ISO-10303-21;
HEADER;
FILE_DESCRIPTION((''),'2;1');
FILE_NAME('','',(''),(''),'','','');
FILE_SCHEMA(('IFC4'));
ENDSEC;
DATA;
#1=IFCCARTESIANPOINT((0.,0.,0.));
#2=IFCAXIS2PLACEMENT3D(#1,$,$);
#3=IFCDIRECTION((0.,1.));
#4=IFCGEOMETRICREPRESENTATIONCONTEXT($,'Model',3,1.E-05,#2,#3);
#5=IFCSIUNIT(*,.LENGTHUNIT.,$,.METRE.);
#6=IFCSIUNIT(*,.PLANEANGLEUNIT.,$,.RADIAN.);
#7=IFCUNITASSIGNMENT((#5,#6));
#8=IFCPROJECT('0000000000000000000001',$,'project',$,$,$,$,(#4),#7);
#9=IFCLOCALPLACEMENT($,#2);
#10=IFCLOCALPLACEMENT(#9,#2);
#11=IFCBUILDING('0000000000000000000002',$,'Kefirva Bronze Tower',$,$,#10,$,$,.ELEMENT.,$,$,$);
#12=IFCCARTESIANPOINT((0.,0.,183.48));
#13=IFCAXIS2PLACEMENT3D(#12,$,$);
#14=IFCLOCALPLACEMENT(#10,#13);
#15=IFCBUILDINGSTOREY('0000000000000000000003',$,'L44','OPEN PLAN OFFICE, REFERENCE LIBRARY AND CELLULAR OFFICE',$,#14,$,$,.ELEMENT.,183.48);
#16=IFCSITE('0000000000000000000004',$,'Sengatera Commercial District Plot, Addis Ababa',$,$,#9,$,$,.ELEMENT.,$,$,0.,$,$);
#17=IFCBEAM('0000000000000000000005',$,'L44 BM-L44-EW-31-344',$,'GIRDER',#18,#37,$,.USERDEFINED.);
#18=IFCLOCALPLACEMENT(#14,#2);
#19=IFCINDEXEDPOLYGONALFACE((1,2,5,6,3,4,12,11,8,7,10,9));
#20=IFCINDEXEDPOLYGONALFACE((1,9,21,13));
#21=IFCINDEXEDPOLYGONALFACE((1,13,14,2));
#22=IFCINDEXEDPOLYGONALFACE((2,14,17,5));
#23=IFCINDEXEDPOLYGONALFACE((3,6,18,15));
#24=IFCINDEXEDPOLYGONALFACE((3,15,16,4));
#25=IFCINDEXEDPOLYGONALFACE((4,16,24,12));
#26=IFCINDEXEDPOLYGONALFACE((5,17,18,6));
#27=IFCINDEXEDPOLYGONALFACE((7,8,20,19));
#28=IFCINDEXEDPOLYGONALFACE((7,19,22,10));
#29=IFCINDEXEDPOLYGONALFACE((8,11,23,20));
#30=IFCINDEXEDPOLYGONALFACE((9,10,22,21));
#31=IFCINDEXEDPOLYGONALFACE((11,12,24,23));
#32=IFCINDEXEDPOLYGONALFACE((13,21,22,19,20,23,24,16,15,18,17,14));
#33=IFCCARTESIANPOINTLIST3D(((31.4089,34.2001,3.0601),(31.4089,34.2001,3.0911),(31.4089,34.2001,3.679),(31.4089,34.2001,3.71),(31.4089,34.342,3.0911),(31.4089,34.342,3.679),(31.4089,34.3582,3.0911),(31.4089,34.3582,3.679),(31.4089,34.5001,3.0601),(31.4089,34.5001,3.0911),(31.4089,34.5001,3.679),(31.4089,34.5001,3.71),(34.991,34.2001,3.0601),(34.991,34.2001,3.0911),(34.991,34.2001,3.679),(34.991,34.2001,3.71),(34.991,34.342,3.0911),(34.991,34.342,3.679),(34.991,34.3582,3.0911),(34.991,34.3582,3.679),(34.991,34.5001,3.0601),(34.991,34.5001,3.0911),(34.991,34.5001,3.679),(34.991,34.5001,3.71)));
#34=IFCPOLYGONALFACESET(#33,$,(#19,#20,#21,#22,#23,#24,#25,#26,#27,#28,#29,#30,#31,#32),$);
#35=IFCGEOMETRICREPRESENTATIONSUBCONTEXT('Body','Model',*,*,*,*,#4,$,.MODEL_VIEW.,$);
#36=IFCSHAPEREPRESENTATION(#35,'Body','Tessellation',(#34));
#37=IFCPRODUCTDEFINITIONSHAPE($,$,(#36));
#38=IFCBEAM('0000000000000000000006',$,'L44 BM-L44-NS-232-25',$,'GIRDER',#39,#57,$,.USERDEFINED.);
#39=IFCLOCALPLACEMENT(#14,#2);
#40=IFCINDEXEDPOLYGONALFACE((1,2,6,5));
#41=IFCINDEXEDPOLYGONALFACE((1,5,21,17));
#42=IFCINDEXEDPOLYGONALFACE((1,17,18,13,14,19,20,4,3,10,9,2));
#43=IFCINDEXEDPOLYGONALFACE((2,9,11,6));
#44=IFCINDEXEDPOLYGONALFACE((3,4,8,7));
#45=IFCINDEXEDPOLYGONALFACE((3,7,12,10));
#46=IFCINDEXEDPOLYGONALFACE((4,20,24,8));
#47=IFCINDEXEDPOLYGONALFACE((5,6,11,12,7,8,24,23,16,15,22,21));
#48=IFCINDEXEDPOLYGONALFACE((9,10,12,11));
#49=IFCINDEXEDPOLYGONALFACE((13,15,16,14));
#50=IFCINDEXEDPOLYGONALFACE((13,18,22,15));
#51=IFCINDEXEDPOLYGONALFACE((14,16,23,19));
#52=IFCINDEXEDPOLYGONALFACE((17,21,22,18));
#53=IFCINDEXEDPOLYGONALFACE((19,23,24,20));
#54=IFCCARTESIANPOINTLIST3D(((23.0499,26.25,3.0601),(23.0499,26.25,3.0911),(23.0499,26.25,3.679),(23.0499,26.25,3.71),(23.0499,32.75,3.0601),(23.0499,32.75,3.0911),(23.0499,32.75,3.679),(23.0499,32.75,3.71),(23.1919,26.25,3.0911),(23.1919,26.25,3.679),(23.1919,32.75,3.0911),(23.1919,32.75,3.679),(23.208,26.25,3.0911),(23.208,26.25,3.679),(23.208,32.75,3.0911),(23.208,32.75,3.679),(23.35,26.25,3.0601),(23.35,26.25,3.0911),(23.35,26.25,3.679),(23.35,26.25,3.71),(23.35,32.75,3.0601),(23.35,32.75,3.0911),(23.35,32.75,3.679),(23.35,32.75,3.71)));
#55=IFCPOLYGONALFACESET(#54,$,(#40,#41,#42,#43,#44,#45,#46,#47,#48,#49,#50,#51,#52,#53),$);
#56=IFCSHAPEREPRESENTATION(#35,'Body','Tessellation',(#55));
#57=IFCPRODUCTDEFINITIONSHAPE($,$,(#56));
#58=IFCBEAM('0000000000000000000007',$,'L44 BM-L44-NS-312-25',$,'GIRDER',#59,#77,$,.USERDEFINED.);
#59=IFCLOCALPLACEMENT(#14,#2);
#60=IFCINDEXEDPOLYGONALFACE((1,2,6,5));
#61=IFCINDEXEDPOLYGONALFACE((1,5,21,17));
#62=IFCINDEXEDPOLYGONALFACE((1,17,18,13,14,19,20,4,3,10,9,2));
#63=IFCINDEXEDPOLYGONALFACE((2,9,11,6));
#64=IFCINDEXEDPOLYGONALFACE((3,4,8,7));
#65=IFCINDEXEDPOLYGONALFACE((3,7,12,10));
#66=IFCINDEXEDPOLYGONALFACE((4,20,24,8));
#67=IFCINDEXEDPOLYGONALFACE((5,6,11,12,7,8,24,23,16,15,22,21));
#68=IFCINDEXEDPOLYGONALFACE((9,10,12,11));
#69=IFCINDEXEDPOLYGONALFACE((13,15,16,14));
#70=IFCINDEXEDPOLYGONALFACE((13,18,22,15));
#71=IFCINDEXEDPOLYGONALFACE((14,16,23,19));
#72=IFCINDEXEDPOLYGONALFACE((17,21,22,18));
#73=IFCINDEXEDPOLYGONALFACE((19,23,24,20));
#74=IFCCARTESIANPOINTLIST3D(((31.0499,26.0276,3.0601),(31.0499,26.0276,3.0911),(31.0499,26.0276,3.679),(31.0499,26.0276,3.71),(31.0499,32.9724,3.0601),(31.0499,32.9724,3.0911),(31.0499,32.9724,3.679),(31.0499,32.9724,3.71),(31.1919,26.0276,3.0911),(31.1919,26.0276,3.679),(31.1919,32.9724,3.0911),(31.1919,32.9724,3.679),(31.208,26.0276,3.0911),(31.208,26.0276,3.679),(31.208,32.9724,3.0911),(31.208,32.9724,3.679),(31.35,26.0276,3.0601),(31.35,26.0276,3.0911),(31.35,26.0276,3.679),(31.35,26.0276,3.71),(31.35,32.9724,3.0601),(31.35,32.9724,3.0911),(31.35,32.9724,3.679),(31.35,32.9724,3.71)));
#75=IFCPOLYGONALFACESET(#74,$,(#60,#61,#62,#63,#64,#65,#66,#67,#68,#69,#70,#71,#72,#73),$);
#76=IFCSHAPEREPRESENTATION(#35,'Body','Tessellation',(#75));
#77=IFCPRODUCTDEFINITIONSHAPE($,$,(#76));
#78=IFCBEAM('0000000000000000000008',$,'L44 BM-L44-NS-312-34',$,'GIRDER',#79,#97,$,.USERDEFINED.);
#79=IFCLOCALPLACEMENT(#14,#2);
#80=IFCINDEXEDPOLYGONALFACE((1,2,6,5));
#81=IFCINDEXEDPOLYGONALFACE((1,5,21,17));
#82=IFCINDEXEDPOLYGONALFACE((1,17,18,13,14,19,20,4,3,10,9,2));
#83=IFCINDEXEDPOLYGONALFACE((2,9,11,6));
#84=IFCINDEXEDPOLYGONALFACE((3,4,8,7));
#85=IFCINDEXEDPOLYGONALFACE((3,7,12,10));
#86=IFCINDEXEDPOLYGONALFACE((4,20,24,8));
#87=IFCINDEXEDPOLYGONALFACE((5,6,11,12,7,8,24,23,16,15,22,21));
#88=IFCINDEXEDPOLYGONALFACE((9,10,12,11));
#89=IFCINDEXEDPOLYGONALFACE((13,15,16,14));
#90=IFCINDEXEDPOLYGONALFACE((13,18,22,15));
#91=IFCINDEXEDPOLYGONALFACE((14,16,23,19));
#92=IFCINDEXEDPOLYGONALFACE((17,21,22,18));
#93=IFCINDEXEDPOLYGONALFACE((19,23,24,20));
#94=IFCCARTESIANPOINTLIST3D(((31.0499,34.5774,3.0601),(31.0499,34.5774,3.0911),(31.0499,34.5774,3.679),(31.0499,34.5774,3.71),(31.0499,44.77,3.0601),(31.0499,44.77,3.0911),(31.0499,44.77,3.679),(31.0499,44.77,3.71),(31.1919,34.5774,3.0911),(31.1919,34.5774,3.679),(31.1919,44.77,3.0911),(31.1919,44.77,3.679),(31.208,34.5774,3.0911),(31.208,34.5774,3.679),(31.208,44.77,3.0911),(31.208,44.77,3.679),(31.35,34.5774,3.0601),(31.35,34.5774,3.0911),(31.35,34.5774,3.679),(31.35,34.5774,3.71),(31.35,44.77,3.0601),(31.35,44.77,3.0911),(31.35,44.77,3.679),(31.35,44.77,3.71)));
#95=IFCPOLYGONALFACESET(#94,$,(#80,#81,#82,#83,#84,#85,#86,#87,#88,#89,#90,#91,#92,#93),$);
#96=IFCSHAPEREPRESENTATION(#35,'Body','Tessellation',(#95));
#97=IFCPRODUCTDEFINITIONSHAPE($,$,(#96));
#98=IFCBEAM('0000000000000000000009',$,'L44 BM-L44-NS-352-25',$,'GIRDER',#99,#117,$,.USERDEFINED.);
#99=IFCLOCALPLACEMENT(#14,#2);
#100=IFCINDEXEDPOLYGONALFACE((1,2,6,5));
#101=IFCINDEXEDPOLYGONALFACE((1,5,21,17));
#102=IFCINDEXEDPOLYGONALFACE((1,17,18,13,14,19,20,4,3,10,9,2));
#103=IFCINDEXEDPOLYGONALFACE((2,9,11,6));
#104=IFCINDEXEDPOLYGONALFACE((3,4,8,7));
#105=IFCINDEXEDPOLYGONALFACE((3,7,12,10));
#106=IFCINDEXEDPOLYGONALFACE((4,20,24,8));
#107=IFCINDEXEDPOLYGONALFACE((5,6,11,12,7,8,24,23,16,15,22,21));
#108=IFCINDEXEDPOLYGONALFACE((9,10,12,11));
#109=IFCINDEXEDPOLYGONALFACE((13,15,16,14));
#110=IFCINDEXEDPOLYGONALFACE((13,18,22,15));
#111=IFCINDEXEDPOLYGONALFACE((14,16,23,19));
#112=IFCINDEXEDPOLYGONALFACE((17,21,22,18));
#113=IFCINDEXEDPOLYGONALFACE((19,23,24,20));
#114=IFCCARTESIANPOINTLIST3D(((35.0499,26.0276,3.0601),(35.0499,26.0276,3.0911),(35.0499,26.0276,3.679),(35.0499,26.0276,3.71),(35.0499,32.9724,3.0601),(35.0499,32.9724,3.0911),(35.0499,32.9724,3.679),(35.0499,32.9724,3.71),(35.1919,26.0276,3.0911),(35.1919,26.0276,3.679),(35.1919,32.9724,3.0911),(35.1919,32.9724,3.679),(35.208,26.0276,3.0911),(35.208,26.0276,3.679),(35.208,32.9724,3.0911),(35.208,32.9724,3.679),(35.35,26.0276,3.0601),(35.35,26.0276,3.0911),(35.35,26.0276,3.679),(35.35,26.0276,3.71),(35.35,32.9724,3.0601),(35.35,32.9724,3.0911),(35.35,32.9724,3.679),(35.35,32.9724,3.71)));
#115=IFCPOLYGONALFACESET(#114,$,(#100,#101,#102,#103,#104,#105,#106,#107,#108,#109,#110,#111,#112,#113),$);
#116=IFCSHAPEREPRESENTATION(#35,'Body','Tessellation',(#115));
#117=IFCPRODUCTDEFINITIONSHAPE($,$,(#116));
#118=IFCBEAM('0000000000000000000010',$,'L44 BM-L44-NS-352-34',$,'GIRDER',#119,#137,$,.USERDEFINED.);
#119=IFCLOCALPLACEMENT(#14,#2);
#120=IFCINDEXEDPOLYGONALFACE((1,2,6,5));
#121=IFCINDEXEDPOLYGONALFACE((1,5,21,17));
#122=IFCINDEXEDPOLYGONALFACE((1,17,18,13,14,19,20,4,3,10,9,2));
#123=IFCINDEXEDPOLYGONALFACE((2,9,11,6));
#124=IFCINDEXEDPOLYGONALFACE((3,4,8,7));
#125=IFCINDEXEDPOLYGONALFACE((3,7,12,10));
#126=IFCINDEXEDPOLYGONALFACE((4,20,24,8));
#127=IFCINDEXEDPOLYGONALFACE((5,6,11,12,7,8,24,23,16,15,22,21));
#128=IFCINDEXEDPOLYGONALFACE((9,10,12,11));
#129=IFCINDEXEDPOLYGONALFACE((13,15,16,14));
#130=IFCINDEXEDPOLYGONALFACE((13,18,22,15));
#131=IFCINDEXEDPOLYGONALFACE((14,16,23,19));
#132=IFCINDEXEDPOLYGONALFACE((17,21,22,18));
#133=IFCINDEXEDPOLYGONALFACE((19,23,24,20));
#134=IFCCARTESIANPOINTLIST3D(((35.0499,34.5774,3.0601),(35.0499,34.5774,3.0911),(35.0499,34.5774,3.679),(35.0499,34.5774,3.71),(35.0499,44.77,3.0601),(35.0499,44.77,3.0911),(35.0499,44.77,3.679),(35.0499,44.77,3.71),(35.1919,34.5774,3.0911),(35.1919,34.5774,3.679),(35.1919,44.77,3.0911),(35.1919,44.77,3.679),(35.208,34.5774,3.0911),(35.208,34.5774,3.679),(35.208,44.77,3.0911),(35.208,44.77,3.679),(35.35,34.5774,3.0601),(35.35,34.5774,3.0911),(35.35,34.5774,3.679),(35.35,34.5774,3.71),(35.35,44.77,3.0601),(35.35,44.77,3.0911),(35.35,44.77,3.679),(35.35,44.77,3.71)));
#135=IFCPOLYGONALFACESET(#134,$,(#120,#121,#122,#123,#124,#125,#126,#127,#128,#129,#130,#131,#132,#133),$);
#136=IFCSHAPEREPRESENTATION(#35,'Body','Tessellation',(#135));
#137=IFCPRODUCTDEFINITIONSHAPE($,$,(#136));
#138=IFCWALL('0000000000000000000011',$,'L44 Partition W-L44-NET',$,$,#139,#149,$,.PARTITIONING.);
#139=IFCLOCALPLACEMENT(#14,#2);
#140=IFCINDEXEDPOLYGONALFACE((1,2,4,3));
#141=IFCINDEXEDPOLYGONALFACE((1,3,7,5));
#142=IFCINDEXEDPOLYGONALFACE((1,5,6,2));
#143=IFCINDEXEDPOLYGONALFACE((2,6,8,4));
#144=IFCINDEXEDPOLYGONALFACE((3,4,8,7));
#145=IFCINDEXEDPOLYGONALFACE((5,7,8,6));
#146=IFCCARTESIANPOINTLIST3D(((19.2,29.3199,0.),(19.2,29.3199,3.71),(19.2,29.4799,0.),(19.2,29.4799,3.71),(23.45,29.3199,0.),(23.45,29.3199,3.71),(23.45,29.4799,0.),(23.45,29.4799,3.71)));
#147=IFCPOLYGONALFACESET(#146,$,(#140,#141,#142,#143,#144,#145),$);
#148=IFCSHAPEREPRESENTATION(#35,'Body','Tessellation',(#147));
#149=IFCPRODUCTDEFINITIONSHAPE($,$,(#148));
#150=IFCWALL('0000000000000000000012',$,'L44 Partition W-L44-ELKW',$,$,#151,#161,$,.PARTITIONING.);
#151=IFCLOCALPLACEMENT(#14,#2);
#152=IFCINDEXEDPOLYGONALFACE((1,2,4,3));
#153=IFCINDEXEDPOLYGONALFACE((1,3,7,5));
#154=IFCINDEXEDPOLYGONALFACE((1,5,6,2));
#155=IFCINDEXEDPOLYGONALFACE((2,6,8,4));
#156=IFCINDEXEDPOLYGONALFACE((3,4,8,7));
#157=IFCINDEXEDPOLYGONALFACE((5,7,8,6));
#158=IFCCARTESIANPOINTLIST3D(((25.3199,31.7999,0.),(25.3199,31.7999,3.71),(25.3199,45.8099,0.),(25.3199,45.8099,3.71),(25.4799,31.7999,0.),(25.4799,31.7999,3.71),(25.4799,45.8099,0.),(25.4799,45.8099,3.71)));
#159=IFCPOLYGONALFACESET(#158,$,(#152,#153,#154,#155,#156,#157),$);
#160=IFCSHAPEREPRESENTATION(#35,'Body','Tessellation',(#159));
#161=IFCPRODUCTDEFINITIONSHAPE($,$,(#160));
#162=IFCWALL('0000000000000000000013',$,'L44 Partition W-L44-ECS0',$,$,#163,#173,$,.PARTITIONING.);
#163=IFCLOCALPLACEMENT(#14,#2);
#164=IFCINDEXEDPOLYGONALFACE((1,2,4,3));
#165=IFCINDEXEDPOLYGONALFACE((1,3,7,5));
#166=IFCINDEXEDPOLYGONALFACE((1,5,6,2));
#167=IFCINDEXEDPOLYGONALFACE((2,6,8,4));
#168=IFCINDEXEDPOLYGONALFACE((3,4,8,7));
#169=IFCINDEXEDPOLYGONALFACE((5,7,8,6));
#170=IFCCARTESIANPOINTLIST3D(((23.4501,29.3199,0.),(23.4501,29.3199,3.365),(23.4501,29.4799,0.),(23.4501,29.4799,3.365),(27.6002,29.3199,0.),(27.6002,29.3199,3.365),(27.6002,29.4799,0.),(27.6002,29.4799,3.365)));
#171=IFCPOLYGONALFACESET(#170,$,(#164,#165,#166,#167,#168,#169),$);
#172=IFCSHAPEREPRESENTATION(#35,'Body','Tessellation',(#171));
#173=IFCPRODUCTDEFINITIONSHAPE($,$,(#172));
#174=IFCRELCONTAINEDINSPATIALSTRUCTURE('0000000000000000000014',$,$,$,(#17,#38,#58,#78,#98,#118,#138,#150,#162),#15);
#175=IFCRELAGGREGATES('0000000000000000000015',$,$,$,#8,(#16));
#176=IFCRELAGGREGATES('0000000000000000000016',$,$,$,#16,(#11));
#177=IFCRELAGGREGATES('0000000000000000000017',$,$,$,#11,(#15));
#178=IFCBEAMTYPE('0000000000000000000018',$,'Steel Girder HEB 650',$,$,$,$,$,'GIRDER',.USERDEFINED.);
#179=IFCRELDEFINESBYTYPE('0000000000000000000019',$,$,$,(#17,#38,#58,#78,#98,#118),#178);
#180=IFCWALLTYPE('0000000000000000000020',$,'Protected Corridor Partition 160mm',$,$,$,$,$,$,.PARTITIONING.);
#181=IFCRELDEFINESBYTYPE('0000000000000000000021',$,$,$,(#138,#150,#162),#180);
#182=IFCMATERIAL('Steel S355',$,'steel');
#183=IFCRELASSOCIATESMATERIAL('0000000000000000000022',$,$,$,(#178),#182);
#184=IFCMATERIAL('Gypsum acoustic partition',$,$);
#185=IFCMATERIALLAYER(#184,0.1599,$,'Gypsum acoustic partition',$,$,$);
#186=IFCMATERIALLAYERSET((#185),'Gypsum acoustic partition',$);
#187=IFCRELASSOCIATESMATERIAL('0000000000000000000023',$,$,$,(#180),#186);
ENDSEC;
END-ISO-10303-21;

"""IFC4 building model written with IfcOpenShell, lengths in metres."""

from ifc_helpers import new_model, si_unit, direction, frame, frame_2d, origin, origin_2d, place, context, subcontext, project, spatial, rectangle, i_section, extrude, material, layer, layer_set, material_profile, profile_set, type_object, element, save


model = new_model("IFC4")

# Units and contexts
model_context = context("Model", 3, precision=1e-05, world=origin(), true_north=direction((0.0, 1.0)))
body_context = subcontext(model_context, "Body", "Model", "MODEL_VIEW")
ifc_project = project(units=[si_unit("LENGTHUNIT", "METRE"), si_unit("PLANEANGLEUNIT", "RADIAN")], contexts=[model_context])

# Site, building, storey
site_placement = place(None, origin())
site = spatial("IfcSite", under=ifc_project, at=site_placement, Name="Sengatera Commercial District Plot, Addis Ababa", CompositionType="ELEMENT", RefElevation=0.0)
building_placement = place(site_placement, origin())
building = spatial("IfcBuilding", under=site, at=building_placement, Name="Kefirva Bronze Tower", CompositionType="ELEMENT")
storey_placement = place(building_placement, frame((0.0, 0.0, 183.48)))
storey = spatial("IfcBuildingStorey", under=building, at=storey_placement, Name="L44", Description="OPEN PLAN OFFICE, REFERENCE LIBRARY AND CELLULAR OFFICE", CompositionType="ELEMENT", Elevation=183.48)

# Beams
ifc_material_1 = material(Name="Steel S355", Category="steel")
ifc_material_profile_1 = material_profile(ifc_material_1, i_section(OverallWidth=0.3, OverallDepth=0.6499, WebThickness=0.0161, FlangeThickness=0.031, at=origin_2d()), Name="HEB 650")
ifc_profile_set_1 = profile_set([ifc_material_profile_1], Name="Steel S355")
beam_type_1 = type_object("IfcBeamType", Name="Steel Girder HEB 650", ElementType="GIRDER", PredefinedType="USERDEFINED", material=ifc_profile_set_1)
for number, where, z_axis, x_axis, name in (
    (1, (31.4089, 34.3501, 3.385), (1.0, 0.0, 0.0), (0.0, 1.0, 0.0), "L44 BM-L44-EW-31-344"),
):
    element("IfcBeam", number, at=place(storey_placement, frame(where, z_axis=z_axis, x_axis=x_axis)), inside=storey, type_object=beam_type_1, Name=name, ObjectType="GIRDER", PredefinedType="USERDEFINED", context=body_context, shape_type="SweptSolid", body=[
        extrude(i_section(OverallWidth=0.3, OverallDepth=0.6499, WebThickness=0.0161, FlangeThickness=0.031, at=origin_2d()), origin(), (0.0, 0.0, 1.0), 3.582),
    ])
beam_1_placement = place(storey_placement, frame((23.2, 26.25, 3.385), z_axis=(0.0, 1.0, 0.0), x_axis=(-1.0, 0.0, 0.0)))
element("IfcBeam", 2, at=beam_1_placement, inside=storey, type_object=beam_type_1, Name="L44 BM-L44-NS-232-25", ObjectType="GIRDER", PredefinedType="USERDEFINED", context=body_context, shape_type="SweptSolid", body=[
    extrude(i_section(OverallWidth=0.3, OverallDepth=0.6499, WebThickness=0.0161, FlangeThickness=0.031, at=origin_2d()), origin(), (0.0, 0.0, 1.0), 6.5),
])
beam_2_placement = place(storey_placement, frame((31.2, 26.0276, 3.385), z_axis=(0.0, 1.0, 0.0), x_axis=(-1.0, 0.0, 0.0)))
element("IfcBeam", 3, at=beam_2_placement, inside=storey, type_object=beam_type_1, Name="L44 BM-L44-NS-312-25", ObjectType="GIRDER", PredefinedType="USERDEFINED", context=body_context, shape_type="SweptSolid", body=[
    extrude(i_section(OverallWidth=0.3, OverallDepth=0.6499, WebThickness=0.0161, FlangeThickness=0.031, at=origin_2d()), origin(), (0.0, 0.0, 1.0), 6.9448),
])
beam_3_placement = place(storey_placement, frame((31.2, 34.5774, 3.385), z_axis=(0.0, 1.0, 0.0), x_axis=(-1.0, 0.0, 0.0)))
element("IfcBeam", 4, at=beam_3_placement, inside=storey, type_object=beam_type_1, Name="L44 BM-L44-NS-312-34", ObjectType="GIRDER", PredefinedType="USERDEFINED", context=body_context, shape_type="SweptSolid", body=[
    extrude(i_section(OverallWidth=0.3, OverallDepth=0.6499, WebThickness=0.0161, FlangeThickness=0.031, at=origin_2d()), origin(), (0.0, 0.0, 1.0), 10.1926),
])
beam_4_placement = place(storey_placement, frame((35.2, 26.0276, 3.385), z_axis=(0.0, 1.0, 0.0), x_axis=(-1.0, 0.0, 0.0)))
element("IfcBeam", 5, at=beam_4_placement, inside=storey, type_object=beam_type_1, Name="L44 BM-L44-NS-352-25", ObjectType="GIRDER", PredefinedType="USERDEFINED", context=body_context, shape_type="SweptSolid", body=[
    extrude(i_section(OverallWidth=0.3, OverallDepth=0.6499, WebThickness=0.0161, FlangeThickness=0.031, at=origin_2d()), origin(), (0.0, 0.0, 1.0), 6.9448),
])
beam_5_placement = place(storey_placement, frame((35.2, 34.5774, 3.385), z_axis=(0.0, 1.0, 0.0), x_axis=(-1.0, 0.0, 0.0)))
element("IfcBeam", 6, at=beam_5_placement, inside=storey, type_object=beam_type_1, Name="L44 BM-L44-NS-352-34", ObjectType="GIRDER", PredefinedType="USERDEFINED", context=body_context, shape_type="SweptSolid", body=[
    extrude(i_section(OverallWidth=0.3, OverallDepth=0.6499, WebThickness=0.0161, FlangeThickness=0.031, at=origin_2d()), origin(), (0.0, 0.0, 1.0), 10.1926),
])

# Walls
ifc_material_2 = material(Name="Gypsum acoustic partition")
ifc_layer_1 = layer(ifc_material_2, 0.1599, Name="Gypsum acoustic partition")
ifc_layer_set_1 = layer_set([ifc_layer_1], Name="Gypsum acoustic partition")
wall_type_1 = type_object("IfcWallType", Name="Protected Corridor Partition 160mm", PredefinedType="PARTITIONING", material=ifc_layer_set_1)
wall_1_placement = place(storey_placement, frame((19.2, 29.3999, 0.0), z_axis=(0.0, 0.0, 1.0), x_axis=(1.0, 0.0, 0.0)))
element("IfcWall", 7, at=wall_1_placement, inside=storey, type_object=wall_type_1, Name="L44 Partition W-L44-NET", PredefinedType="PARTITIONING", context=body_context, shape_type="SweptSolid", body=[
    extrude(rectangle(XDim=4.25, YDim=0.1599, at=frame_2d((2.125, 0.0))), origin(), (0.0, 0.0, 1.0), 3.71),
])
wall_2_placement = place(storey_placement, frame((25.3999, 31.8, 0.0), z_axis=(0.0, 0.0, 1.0), x_axis=(0.0, 1.0, 0.0)))
element("IfcWall", 8, at=wall_2_placement, inside=storey, type_object=wall_type_1, Name="L44 Partition W-L44-ELKW", PredefinedType="PARTITIONING", context=body_context, shape_type="SweptSolid", body=[
    extrude(rectangle(XDim=14.01, YDim=0.1599, at=frame_2d((7.0049, 0.0))), origin(), (0.0, 0.0, 1.0), 3.71),
])
wall_3_placement = place(storey_placement, frame((23.45, 29.3999, 0.0), z_axis=(0.0, 0.0, 1.0), x_axis=(1.0, 0.0, 0.0)))
element("IfcWall", 9, at=wall_3_placement, inside=storey, type_object=wall_type_1, Name="L44 Partition W-L44-ECS0", PredefinedType="PARTITIONING", context=body_context, shape_type="SweptSolid", body=[
    extrude(rectangle(XDim=4.1501, YDim=0.1599, at=frame_2d((2.0752, 0.0))), origin(), (0.0, 0.0, 1.0), 3.365),
])

save(model, "model.ifc")
